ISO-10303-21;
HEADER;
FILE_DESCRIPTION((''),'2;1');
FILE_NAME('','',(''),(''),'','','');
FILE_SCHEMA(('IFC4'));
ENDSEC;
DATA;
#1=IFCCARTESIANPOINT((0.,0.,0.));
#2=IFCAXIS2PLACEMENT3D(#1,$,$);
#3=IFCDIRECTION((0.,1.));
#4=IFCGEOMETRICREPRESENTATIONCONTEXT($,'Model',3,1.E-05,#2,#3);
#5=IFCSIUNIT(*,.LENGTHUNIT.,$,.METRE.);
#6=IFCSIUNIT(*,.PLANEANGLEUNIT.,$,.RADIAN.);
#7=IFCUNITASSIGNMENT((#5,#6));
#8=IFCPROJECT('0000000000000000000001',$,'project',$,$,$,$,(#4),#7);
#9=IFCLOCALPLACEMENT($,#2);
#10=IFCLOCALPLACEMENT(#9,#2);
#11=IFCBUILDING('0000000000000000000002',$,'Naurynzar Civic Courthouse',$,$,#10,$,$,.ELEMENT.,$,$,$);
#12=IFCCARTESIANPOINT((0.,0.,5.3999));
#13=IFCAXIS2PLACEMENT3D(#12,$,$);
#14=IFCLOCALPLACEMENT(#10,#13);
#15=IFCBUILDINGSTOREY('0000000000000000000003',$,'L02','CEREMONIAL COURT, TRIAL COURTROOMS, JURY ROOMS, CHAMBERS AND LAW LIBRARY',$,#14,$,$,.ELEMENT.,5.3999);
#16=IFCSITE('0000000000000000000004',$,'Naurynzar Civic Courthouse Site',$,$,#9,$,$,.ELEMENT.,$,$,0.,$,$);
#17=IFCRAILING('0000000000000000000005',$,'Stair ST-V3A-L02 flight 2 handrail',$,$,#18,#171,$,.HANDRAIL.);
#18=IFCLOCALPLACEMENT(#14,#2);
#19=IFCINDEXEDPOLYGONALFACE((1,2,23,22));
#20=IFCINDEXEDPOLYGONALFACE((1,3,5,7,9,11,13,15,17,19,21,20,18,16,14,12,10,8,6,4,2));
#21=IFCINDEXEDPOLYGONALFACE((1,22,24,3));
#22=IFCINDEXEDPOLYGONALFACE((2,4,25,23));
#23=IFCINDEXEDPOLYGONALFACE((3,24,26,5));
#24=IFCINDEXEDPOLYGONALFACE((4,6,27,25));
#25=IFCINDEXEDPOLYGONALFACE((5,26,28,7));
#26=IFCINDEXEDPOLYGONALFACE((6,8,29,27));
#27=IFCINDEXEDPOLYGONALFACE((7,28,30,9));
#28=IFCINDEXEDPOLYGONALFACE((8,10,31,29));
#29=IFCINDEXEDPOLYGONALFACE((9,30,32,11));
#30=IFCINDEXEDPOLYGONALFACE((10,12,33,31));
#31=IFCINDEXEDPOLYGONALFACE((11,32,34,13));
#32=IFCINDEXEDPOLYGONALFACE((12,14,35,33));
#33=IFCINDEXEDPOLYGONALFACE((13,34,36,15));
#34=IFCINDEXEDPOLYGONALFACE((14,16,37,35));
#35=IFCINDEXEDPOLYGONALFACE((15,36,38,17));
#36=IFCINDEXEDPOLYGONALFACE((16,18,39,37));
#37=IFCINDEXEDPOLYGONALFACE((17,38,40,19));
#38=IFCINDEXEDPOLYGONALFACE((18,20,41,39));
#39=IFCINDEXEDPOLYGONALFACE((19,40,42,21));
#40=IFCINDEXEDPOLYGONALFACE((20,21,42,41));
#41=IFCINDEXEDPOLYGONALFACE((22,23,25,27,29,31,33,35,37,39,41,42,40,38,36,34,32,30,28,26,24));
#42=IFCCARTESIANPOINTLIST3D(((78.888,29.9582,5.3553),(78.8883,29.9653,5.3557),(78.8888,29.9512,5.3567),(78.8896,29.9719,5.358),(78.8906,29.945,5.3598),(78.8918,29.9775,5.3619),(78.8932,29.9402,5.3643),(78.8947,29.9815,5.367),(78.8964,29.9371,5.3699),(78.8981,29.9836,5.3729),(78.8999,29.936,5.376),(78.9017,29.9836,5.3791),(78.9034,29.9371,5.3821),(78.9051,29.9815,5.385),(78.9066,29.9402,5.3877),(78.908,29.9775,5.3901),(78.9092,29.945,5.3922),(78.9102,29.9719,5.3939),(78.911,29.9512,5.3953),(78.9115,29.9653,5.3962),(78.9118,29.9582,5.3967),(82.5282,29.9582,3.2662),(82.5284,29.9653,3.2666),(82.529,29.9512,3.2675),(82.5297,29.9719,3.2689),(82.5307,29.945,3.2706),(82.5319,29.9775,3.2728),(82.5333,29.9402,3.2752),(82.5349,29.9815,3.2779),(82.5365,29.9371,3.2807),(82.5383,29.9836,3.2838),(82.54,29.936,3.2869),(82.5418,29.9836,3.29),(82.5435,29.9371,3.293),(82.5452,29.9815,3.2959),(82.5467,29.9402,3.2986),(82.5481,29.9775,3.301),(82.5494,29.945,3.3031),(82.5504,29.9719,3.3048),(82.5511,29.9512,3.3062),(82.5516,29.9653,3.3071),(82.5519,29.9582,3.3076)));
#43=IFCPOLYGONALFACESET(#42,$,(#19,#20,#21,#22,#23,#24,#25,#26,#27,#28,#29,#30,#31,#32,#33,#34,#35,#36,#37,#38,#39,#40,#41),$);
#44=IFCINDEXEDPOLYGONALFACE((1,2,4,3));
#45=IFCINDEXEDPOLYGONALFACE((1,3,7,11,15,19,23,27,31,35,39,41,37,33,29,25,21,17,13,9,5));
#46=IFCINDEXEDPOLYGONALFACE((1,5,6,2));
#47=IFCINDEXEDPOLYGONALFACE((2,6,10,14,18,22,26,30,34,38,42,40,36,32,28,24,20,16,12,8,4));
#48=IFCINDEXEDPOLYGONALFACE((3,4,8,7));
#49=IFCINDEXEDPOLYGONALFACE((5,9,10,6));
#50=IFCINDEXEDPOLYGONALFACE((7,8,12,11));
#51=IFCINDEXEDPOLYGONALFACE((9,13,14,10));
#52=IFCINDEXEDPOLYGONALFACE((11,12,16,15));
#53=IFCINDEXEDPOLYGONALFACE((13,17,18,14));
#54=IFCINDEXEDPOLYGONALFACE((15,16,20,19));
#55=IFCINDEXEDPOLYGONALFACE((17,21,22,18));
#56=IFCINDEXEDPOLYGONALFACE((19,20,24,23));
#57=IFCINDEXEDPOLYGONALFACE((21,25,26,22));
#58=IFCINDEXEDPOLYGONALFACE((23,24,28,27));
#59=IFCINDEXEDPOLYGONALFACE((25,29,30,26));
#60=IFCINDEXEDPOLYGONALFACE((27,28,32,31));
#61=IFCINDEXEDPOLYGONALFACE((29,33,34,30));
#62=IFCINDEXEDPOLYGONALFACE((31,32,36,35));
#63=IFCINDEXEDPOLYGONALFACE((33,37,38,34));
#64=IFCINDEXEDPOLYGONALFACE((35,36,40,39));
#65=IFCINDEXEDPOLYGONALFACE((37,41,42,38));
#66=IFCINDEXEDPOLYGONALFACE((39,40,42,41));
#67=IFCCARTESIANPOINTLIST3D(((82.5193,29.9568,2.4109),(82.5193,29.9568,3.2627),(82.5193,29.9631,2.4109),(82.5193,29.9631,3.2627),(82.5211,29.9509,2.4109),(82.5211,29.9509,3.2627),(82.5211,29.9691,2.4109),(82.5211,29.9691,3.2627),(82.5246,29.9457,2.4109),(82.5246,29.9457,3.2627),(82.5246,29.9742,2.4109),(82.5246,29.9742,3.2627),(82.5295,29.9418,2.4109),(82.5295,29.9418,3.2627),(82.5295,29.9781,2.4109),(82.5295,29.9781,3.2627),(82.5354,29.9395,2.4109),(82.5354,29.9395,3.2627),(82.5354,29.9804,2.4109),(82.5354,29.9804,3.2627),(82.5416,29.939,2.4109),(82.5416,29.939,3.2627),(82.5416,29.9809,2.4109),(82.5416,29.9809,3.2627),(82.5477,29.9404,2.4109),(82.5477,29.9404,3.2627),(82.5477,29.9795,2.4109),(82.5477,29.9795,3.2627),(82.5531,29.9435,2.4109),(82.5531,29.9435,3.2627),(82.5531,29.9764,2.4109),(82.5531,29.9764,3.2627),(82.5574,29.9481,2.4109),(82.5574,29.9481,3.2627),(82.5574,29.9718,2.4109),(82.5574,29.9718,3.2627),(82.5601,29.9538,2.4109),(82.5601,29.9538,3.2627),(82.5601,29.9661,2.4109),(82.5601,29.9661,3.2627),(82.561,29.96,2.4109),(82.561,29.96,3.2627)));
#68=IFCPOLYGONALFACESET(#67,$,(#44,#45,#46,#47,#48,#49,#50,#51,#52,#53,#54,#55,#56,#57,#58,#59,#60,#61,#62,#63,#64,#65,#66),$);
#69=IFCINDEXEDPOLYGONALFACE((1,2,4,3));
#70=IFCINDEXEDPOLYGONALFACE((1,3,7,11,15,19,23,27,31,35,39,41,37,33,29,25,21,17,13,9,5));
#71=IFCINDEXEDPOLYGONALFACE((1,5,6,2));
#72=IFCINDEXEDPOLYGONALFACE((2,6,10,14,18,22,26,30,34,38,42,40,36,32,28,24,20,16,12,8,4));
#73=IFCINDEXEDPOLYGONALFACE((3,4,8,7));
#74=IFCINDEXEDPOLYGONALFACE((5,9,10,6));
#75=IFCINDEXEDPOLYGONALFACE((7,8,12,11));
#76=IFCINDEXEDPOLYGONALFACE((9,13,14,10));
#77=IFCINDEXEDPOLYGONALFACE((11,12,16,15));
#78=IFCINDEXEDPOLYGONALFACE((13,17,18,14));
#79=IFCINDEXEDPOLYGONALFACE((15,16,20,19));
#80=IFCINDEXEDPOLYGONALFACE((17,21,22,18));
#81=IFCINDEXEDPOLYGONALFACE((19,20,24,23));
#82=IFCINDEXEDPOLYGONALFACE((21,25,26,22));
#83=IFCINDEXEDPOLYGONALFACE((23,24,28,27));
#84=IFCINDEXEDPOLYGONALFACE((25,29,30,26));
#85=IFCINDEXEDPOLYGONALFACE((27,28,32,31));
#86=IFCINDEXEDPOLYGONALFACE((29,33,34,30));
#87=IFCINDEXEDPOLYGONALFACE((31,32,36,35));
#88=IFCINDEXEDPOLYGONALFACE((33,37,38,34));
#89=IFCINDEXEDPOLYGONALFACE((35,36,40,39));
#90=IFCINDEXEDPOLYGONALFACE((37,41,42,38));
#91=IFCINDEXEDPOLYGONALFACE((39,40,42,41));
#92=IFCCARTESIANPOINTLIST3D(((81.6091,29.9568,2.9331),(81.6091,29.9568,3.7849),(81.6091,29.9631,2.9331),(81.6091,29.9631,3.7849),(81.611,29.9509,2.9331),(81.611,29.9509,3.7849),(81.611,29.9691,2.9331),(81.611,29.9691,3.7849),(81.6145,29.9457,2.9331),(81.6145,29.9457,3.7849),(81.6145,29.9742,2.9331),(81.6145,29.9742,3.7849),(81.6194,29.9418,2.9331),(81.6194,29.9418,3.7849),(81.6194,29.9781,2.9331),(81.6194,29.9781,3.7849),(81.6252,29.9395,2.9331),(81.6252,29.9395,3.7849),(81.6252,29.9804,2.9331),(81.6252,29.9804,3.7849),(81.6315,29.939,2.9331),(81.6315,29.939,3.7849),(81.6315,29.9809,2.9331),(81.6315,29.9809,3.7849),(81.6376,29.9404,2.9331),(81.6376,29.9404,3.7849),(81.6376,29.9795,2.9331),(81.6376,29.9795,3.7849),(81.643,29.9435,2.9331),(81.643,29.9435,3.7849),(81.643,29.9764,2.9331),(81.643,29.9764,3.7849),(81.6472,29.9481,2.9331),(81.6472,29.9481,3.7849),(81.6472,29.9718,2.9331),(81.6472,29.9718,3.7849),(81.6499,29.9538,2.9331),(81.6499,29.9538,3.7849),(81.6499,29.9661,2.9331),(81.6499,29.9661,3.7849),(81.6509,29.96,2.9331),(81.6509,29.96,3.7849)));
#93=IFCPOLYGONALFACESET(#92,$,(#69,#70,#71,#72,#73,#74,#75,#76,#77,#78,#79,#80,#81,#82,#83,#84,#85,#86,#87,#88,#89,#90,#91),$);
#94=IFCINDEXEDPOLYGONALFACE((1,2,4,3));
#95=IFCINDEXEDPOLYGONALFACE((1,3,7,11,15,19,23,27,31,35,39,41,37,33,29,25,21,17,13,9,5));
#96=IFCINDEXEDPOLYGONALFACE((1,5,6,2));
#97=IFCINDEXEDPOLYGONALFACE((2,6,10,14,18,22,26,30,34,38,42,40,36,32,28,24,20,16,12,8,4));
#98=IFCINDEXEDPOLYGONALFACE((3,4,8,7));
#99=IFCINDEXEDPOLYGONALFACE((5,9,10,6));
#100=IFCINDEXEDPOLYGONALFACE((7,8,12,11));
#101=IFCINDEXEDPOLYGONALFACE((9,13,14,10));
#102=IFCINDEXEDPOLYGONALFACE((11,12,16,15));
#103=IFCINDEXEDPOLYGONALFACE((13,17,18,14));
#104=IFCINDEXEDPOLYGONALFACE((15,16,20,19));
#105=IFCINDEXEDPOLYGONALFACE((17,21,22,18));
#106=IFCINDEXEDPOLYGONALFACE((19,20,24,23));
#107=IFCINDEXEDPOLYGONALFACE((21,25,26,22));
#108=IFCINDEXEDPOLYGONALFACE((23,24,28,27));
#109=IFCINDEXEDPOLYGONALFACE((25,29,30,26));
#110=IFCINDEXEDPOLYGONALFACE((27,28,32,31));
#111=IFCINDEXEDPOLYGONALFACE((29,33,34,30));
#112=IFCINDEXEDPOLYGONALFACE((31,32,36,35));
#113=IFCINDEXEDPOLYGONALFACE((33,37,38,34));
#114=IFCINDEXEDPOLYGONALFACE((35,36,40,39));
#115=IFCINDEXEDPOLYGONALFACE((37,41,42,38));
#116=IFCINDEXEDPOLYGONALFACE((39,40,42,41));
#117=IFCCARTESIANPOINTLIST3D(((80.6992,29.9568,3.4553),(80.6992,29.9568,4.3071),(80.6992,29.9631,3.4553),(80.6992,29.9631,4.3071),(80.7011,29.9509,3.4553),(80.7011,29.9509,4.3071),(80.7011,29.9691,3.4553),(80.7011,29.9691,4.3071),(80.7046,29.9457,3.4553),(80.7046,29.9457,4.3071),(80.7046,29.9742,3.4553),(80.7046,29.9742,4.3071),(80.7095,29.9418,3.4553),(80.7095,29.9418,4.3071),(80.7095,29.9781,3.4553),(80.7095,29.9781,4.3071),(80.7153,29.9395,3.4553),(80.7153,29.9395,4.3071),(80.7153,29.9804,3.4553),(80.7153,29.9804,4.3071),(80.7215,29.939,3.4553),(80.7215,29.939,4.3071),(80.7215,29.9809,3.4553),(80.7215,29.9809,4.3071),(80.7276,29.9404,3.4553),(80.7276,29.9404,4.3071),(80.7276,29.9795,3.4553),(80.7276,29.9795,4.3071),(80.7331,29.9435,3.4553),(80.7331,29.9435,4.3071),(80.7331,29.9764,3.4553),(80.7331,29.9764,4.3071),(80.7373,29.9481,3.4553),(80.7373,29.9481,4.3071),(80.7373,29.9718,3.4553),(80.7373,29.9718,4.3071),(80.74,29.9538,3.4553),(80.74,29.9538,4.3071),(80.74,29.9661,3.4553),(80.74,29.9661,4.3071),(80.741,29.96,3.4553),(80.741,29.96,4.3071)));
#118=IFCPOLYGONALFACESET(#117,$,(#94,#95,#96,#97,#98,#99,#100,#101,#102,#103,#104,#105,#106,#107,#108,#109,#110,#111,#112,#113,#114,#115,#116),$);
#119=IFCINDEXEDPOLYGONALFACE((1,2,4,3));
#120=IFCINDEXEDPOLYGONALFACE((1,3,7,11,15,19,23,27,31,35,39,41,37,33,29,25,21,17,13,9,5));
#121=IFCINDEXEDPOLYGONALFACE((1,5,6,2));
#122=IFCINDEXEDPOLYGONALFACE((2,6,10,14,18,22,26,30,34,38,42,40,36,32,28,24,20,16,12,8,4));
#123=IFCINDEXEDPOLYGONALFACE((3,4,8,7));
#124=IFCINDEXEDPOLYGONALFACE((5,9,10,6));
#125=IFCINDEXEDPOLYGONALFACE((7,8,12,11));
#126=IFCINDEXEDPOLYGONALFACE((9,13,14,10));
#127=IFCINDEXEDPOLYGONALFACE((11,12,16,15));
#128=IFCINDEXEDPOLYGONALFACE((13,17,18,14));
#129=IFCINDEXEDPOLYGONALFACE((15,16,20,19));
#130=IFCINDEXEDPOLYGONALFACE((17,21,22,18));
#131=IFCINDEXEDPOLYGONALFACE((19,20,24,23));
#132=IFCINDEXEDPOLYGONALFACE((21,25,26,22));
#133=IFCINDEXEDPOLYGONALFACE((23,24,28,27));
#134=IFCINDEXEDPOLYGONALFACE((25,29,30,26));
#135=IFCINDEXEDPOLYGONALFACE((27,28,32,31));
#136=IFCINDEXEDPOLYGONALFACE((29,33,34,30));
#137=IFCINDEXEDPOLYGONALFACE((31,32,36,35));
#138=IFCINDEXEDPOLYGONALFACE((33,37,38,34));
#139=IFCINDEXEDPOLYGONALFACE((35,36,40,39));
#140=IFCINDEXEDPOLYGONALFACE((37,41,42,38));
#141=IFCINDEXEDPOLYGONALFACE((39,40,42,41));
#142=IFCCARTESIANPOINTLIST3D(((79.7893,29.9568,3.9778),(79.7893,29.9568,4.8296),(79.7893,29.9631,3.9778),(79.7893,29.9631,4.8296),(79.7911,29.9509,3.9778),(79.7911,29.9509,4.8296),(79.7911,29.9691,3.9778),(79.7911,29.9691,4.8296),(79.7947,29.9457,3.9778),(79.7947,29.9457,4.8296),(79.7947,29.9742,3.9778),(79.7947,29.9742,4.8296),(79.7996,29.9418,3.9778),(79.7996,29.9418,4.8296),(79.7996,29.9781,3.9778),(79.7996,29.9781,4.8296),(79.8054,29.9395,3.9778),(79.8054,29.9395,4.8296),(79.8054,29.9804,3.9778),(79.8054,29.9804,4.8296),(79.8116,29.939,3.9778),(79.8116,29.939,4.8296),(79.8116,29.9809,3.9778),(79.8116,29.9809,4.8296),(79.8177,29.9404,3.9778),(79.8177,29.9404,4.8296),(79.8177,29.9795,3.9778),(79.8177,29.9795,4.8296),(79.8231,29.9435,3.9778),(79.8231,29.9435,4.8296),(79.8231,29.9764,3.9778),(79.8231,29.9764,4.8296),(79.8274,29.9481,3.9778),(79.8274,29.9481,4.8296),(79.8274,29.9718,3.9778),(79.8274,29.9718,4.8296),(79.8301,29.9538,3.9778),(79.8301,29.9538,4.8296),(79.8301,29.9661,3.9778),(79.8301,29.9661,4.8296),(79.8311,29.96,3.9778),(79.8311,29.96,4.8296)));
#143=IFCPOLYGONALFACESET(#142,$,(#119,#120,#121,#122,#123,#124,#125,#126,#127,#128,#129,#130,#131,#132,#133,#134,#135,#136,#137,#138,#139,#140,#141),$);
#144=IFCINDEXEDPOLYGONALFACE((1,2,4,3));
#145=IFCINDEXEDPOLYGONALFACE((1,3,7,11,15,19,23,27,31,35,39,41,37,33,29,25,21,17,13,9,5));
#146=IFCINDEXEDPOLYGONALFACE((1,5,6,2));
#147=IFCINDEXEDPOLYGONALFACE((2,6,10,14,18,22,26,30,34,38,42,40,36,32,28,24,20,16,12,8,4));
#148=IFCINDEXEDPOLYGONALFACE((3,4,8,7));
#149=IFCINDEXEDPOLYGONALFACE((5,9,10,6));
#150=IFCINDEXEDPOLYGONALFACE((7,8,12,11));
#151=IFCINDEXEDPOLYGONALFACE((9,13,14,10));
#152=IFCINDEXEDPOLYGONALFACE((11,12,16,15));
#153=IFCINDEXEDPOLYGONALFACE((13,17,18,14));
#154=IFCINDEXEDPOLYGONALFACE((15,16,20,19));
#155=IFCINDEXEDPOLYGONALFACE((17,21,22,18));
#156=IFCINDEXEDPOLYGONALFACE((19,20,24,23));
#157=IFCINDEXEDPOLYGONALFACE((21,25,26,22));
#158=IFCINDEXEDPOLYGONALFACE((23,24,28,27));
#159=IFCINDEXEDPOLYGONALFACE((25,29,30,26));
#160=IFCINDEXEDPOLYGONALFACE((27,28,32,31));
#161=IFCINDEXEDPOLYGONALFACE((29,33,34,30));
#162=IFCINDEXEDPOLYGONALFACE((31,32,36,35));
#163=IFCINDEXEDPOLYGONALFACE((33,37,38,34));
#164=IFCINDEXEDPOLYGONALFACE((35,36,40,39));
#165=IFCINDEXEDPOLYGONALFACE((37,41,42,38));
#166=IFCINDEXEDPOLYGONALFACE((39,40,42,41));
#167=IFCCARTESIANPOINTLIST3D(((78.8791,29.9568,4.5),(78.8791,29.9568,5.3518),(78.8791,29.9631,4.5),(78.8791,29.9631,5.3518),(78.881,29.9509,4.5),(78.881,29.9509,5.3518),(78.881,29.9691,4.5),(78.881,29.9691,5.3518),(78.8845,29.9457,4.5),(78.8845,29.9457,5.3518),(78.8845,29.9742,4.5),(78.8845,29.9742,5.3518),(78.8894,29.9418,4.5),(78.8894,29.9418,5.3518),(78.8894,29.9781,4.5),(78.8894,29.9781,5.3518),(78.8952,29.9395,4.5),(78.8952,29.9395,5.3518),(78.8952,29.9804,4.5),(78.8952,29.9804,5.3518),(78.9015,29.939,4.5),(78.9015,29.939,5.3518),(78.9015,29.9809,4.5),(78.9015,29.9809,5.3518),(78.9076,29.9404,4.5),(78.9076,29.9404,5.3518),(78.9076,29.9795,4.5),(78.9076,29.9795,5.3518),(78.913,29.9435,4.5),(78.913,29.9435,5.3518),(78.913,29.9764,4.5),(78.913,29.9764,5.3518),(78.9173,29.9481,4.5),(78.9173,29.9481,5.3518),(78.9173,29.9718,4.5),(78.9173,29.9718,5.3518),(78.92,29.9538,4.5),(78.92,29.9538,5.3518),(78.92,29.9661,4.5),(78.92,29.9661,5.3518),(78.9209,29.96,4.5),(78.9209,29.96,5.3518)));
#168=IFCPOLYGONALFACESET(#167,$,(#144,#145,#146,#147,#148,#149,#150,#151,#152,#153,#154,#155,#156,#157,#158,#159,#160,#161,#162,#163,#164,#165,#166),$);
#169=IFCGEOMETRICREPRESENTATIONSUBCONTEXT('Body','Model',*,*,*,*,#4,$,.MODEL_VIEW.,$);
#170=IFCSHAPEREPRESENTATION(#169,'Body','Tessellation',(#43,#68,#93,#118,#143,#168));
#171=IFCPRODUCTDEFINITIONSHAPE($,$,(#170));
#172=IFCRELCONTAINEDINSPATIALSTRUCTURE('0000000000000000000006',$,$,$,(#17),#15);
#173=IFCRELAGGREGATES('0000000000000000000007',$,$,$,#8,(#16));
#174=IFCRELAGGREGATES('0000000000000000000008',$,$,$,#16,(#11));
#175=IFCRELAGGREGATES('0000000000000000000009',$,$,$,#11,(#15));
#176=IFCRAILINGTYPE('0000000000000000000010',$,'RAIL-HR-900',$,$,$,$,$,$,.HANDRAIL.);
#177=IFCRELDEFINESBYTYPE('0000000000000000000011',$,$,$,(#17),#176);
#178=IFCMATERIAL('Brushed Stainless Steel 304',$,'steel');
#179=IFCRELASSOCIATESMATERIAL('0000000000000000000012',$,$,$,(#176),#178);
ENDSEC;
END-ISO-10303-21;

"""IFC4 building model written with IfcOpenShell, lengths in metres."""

from ifc_helpers import new_model, si_unit, direction, frame, origin, origin_2d, place, context, subcontext, project, spatial, circle, extrude, material, type_object, element, save


model = new_model("IFC4")

# Units and contexts
model_context = context("Model", 3, precision=1e-05, world=origin(), true_north=direction((0.0, 1.0)))
body_context = subcontext(model_context, "Body", "Model", "MODEL_VIEW")
ifc_project = project(units=[si_unit("LENGTHUNIT", "METRE"), si_unit("PLANEANGLEUNIT", "RADIAN")], contexts=[model_context])

# Site, building, storey
site_placement = place(None, origin())
site = spatial("IfcSite", under=ifc_project, at=site_placement, Name="Naurynzar Civic Courthouse Site", CompositionType="ELEMENT", RefElevation=0.0)
building_placement = place(site_placement, origin())
building = spatial("IfcBuilding", under=site, at=building_placement, Name="Naurynzar Civic Courthouse", CompositionType="ELEMENT")
storey_placement = place(building_placement, frame((0.0, 0.0, 5.3999)))
storey = spatial("IfcBuildingStorey", under=building, at=storey_placement, Name="L02", Description="CEREMONIAL COURT, TRIAL COURTROOMS, JURY ROOMS, CHAMBERS AND LAW LIBRARY", CompositionType="ELEMENT", Elevation=5.3999)

# Railing
ifc_material_1 = material(Name="Brushed Stainless Steel 304", Category="steel")
railing_type_1 = type_object("IfcRailingType", Name="RAIL-HR-900", PredefinedType="HANDRAIL", material=ifc_material_1)
railing_1_placement = place(storey_placement, frame((82.54, 29.96, 2.4109)))
element("IfcRailing", 1, at=railing_1_placement, inside=storey, type_object=railing_type_1, Name="Stair ST-V3A-L02 flight 2 handrail", PredefinedType="HANDRAIL", context=body_context, shape_type="SweptSolid", body=[
    extrude(circle(Radius=0.0239, at=origin_2d()), frame((0.0, 0.0, 0.876), z_axis=(-0.867314, 0.0, 0.497761), x_axis=(0.0, -1.0, 0.0)), (0.0, 0.0, 1.0), 4.197),
    extrude(circle(Radius=0.021, at=origin_2d()), origin(), (0.0, 0.0, 1.0), 0.8518),
    extrude(circle(Radius=0.021, at=origin_2d()), frame((-0.9102, 0.0, 0.5222)), (0.0, 0.0, 1.0), 0.8518),
    extrude(circle(Radius=0.021, at=origin_2d()), frame((-1.8201, 0.0, 1.0444)), (0.0, 0.0, 1.0), 0.8518),
    extrude(circle(Radius=0.021, at=origin_2d()), frame((-2.73, 0.0, 1.5669)), (0.0, 0.0, 1.0), 0.8518),
    extrude(circle(Radius=0.021, at=origin_2d()), frame((-3.6401, 0.0, 2.0891)), (0.0, 0.0, 1.0), 0.8518),
])

save(model, "model.ifc")
